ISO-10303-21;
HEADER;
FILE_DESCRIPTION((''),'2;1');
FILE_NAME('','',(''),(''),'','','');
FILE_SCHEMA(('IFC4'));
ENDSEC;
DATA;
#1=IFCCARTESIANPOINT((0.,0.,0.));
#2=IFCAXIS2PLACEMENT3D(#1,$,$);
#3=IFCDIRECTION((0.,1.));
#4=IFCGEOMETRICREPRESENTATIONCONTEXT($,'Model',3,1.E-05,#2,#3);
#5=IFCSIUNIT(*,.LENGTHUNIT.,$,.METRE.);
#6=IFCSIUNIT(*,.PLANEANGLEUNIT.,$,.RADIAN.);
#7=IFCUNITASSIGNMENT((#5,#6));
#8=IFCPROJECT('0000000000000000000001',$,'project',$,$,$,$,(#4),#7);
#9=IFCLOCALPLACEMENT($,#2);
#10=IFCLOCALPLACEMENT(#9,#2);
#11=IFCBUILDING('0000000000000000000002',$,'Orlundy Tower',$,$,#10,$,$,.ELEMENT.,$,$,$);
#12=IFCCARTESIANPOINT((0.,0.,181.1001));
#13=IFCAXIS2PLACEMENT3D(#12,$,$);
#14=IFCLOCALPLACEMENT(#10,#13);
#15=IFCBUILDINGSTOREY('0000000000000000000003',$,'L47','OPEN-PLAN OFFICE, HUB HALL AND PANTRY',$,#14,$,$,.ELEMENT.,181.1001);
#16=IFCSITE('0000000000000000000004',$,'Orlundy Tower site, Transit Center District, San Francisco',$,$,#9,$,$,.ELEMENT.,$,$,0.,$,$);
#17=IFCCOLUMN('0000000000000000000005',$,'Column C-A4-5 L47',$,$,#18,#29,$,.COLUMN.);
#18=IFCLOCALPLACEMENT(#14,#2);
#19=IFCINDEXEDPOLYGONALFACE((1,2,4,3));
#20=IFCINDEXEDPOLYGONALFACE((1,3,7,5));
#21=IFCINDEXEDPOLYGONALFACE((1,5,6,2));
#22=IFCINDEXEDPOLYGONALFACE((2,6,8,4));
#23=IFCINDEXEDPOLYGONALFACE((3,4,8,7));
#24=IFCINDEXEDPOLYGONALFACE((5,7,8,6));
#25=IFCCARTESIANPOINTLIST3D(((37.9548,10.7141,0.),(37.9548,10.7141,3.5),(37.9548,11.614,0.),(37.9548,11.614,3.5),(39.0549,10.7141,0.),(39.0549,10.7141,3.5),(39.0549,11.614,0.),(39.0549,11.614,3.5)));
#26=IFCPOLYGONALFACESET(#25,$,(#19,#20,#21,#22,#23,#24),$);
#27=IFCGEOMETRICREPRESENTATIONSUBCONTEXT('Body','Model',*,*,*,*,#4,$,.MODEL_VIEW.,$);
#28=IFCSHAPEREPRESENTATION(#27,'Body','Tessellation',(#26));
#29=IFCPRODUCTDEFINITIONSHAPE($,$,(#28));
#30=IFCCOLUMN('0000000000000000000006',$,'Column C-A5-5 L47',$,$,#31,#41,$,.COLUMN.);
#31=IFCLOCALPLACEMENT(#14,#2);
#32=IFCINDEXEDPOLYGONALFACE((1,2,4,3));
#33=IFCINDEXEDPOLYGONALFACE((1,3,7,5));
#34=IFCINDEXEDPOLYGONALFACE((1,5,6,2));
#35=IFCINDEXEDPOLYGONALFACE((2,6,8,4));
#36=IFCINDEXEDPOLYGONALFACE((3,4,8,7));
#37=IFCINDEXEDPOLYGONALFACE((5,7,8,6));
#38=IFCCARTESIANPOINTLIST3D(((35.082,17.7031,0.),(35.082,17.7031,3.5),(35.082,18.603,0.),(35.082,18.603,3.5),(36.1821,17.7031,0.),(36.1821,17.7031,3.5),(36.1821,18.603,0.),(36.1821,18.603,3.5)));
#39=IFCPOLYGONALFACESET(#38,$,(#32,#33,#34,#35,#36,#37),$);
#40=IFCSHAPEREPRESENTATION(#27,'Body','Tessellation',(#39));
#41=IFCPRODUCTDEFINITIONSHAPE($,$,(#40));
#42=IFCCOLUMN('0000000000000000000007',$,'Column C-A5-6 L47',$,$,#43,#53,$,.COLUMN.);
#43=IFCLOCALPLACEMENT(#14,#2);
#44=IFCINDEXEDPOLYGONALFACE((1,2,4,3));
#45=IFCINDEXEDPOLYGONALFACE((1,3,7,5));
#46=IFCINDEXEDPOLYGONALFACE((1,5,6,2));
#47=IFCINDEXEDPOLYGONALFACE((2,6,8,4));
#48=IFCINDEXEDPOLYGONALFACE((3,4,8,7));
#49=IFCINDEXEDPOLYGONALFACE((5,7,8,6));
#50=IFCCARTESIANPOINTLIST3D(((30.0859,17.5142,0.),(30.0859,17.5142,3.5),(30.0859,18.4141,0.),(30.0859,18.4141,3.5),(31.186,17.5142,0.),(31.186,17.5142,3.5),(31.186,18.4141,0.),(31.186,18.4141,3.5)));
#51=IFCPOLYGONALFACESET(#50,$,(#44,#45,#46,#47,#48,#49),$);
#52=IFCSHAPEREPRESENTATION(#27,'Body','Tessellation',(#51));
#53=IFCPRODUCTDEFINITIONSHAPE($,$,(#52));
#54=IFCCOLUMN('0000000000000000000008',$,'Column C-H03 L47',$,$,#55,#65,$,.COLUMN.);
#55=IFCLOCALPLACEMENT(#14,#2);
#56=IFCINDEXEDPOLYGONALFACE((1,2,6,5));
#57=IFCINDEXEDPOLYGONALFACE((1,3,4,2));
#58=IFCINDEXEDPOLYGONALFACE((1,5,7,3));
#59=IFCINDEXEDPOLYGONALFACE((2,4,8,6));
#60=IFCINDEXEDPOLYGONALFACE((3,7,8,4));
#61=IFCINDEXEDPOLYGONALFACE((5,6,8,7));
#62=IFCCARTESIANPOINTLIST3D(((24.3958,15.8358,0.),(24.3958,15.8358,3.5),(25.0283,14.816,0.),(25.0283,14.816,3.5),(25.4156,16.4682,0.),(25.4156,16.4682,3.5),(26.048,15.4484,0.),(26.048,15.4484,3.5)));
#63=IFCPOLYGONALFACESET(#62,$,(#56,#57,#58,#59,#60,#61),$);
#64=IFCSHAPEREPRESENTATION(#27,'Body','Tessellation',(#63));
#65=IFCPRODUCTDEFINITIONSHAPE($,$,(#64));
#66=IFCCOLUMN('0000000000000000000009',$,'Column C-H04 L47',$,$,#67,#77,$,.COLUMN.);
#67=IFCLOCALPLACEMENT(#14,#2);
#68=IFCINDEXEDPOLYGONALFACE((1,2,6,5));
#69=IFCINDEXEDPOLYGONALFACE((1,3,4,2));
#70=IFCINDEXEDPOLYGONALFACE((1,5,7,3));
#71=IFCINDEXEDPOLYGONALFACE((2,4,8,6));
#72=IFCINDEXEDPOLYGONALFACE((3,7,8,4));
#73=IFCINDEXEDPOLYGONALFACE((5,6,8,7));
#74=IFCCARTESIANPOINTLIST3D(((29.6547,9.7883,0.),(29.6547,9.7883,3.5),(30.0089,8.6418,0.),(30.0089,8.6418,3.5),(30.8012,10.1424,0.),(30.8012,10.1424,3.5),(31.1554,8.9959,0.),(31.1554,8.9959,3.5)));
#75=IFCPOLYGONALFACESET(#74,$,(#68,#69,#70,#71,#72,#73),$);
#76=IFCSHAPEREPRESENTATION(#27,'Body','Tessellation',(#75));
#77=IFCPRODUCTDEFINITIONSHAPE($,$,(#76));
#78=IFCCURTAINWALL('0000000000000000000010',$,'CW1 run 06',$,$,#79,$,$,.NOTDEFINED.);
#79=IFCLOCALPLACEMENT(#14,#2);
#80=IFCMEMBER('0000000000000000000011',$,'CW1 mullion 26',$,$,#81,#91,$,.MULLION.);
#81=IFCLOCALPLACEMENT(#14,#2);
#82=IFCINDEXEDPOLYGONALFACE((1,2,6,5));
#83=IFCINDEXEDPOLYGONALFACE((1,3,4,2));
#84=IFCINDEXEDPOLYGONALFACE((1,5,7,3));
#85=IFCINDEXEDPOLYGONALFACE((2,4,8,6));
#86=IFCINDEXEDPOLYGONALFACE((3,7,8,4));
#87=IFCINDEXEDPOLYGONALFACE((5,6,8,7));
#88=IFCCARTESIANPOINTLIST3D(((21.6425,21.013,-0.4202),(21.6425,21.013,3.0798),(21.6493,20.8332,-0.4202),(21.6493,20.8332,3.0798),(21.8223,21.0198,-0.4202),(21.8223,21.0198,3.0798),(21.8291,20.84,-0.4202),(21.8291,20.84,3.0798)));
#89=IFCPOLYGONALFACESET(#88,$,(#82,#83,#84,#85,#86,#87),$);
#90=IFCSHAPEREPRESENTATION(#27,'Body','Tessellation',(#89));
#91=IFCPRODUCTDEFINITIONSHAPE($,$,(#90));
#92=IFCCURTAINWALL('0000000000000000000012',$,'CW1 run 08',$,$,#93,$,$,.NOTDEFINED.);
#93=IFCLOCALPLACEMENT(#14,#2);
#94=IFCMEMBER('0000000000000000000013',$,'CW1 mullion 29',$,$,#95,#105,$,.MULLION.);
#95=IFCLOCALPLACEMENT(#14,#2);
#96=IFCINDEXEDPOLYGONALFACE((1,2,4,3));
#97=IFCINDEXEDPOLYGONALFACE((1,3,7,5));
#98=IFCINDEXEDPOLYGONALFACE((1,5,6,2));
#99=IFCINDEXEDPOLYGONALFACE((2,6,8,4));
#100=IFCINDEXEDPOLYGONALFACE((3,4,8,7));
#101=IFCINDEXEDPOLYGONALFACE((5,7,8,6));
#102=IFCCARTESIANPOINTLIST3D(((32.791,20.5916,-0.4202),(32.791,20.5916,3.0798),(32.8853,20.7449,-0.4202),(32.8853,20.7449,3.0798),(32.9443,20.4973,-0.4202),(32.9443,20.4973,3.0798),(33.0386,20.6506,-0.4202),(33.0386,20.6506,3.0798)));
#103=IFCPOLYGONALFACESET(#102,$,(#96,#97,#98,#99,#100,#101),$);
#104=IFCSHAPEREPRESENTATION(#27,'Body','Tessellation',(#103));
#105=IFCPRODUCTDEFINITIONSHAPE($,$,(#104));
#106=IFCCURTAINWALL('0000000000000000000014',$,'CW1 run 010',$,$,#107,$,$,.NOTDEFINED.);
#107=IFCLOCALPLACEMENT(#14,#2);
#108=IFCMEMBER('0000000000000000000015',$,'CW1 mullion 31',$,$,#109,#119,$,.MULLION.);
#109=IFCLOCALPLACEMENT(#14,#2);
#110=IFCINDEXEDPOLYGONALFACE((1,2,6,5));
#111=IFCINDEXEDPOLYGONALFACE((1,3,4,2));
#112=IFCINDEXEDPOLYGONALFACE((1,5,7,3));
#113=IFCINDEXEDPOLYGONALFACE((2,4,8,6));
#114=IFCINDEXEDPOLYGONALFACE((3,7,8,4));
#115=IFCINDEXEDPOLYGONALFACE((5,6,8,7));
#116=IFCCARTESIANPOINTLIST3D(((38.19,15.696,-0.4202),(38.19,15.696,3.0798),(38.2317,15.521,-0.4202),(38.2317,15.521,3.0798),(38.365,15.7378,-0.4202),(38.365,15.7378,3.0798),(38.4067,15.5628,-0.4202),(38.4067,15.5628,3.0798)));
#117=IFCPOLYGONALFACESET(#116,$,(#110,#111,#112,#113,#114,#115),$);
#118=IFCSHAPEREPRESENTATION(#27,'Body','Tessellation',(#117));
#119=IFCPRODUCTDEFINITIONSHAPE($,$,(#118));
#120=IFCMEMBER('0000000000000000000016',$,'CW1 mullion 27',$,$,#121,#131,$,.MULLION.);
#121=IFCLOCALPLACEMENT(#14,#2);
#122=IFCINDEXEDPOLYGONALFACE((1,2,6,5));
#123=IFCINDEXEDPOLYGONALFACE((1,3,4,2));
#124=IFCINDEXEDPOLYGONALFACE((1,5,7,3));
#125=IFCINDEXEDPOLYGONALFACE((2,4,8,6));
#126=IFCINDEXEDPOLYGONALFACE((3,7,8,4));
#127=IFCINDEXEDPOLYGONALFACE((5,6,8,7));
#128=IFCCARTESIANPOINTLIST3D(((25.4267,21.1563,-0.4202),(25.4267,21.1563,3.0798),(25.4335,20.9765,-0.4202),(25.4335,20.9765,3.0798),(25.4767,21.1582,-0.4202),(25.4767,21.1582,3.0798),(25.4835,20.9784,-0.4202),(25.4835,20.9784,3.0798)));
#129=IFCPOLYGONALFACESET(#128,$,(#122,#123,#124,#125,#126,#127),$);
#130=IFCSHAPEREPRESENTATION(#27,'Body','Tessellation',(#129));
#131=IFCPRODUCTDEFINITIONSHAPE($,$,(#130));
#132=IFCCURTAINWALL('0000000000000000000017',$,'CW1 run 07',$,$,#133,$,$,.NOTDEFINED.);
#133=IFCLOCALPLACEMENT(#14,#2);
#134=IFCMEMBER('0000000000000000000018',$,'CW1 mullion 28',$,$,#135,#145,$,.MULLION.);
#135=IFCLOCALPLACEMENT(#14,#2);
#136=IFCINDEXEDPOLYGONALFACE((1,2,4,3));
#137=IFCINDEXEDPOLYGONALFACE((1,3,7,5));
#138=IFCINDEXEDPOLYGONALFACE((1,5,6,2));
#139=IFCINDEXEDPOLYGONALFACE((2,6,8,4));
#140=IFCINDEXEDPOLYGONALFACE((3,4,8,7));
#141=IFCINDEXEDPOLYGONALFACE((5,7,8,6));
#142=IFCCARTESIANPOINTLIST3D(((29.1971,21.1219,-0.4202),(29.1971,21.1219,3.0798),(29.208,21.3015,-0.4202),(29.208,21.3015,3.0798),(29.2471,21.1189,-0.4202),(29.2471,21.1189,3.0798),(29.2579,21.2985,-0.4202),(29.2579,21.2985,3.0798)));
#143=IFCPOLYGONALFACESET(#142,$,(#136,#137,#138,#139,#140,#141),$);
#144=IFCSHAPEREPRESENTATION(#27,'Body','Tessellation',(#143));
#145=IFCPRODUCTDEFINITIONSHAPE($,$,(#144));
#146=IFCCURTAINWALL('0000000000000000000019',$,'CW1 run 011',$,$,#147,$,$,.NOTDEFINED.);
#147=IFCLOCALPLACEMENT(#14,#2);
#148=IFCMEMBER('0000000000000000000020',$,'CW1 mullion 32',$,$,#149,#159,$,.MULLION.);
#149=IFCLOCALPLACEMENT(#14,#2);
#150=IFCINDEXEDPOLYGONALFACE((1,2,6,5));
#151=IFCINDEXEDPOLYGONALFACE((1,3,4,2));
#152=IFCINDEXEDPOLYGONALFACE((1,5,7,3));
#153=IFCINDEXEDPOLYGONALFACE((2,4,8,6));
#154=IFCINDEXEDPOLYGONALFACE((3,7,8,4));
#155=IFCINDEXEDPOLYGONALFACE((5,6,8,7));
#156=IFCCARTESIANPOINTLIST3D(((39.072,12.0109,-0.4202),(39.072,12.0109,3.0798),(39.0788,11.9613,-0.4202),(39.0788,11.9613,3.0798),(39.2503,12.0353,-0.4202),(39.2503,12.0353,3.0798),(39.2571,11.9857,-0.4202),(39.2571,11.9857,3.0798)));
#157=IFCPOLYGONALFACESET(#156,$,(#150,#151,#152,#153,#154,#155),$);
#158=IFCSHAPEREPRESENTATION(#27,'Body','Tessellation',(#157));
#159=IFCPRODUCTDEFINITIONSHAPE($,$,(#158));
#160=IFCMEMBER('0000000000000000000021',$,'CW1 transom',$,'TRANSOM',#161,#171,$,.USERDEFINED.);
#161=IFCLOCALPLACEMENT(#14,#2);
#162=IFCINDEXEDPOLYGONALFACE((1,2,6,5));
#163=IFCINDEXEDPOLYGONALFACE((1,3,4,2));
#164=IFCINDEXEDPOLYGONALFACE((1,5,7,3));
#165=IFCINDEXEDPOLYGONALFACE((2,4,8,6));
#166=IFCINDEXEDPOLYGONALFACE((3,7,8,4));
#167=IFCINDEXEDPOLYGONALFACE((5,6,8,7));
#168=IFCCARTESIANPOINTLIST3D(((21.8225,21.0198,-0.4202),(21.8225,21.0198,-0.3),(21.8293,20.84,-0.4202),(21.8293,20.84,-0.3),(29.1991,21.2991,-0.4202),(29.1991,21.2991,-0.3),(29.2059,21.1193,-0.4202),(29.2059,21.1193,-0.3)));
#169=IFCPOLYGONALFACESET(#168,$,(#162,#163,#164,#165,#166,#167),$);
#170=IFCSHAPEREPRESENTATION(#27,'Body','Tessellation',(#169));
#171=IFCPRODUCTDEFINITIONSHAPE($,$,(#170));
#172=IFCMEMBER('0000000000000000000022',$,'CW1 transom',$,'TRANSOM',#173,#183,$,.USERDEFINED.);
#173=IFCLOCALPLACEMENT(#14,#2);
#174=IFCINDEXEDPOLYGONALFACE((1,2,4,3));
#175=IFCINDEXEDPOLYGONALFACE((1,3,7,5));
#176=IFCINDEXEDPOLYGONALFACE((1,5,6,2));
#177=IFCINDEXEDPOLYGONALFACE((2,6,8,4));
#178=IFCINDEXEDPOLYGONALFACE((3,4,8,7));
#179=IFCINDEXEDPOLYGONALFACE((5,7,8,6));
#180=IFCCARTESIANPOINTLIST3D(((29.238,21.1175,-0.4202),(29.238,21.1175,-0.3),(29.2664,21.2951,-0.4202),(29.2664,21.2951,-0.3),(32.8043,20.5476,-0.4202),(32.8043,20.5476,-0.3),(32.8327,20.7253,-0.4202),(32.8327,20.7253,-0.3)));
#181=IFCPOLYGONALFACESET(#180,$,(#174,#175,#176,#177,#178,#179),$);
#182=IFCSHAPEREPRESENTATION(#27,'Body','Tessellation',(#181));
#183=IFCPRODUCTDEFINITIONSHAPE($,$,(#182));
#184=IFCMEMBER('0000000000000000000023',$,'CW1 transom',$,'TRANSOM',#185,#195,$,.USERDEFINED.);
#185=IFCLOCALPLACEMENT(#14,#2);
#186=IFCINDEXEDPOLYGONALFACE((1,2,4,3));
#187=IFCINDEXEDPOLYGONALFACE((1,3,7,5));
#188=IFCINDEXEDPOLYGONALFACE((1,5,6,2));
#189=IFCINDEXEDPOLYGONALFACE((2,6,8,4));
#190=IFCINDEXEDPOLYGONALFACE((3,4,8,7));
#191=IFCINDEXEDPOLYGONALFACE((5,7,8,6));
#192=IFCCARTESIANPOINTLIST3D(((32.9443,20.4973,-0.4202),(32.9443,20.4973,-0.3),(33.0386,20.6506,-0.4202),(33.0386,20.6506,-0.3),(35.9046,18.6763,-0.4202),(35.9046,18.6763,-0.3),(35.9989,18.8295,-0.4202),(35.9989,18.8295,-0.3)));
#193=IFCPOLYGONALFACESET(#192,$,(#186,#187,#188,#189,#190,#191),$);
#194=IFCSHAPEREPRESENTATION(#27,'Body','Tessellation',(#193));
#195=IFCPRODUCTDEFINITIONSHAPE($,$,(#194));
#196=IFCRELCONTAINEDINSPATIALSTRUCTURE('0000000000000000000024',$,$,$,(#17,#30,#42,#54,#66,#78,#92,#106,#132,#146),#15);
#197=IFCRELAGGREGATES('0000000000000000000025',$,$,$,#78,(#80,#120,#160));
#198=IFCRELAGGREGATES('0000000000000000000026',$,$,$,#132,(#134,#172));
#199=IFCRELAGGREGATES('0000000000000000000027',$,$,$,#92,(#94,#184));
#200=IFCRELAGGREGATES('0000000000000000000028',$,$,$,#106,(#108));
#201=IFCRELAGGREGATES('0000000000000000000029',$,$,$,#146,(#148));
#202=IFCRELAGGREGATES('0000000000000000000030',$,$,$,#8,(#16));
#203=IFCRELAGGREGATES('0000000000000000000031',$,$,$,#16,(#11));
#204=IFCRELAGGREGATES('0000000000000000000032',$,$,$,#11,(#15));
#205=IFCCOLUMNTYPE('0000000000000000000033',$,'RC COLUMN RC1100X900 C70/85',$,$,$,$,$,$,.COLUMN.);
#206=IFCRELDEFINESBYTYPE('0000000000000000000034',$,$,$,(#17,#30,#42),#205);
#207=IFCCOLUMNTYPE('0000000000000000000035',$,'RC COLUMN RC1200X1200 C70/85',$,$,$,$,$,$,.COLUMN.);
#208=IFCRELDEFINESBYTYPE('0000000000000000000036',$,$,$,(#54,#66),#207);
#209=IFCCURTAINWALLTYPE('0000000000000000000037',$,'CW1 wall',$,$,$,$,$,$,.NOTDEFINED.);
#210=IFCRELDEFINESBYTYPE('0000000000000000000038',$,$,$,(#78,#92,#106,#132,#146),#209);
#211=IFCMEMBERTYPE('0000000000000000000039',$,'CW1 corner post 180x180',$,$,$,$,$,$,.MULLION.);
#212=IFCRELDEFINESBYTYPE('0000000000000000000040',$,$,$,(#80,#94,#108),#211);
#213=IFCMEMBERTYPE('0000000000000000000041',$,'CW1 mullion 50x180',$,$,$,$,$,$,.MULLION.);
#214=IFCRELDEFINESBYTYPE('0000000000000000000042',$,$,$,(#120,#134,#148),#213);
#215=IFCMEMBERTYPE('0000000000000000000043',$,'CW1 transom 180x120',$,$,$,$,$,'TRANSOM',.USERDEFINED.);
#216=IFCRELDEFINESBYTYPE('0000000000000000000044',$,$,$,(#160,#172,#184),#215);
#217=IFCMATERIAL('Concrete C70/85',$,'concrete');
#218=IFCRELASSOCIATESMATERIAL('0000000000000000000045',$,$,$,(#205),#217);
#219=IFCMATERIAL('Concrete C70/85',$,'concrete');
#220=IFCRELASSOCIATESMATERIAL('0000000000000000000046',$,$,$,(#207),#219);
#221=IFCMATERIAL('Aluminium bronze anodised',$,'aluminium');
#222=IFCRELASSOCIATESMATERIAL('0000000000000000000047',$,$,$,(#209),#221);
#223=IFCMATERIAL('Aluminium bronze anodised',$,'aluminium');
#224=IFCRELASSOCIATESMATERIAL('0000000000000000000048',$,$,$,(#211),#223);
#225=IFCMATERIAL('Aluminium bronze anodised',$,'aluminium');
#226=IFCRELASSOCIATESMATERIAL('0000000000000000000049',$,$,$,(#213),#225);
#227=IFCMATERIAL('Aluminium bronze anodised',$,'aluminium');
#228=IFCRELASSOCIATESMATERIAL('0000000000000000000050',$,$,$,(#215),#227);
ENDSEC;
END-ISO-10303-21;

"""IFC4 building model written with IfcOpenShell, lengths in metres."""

from ifc_helpers import new_model, si_unit, direction, frame, origin, origin_2d, place, context, subcontext, project, spatial, rectangle, extrude, material, material_profile, profile_set, type_object, element, aggregate, save


model = new_model("IFC4")

# Units and contexts
model_context = context("Model", 3, precision=1e-05, world=origin(), true_north=direction((0.0, 1.0)))
body_context = subcontext(model_context, "Body", "Model", "MODEL_VIEW")
ifc_project = project(units=[si_unit("LENGTHUNIT", "METRE"), si_unit("PLANEANGLEUNIT", "RADIAN")], contexts=[model_context])

# Site, building, storey
site_placement = place(None, origin())
site = spatial("IfcSite", under=ifc_project, at=site_placement, Name="Orlundy Tower site, Transit Center District, San Francisco", CompositionType="ELEMENT", RefElevation=0.0)
building_placement = place(site_placement, origin())
building = spatial("IfcBuilding", under=site, at=building_placement, Name="Orlundy Tower", CompositionType="ELEMENT")
storey_placement = place(building_placement, frame((0.0, 0.0, 181.1001)))
storey = spatial("IfcBuildingStorey", under=building, at=storey_placement, Name="L47", Description="OPEN-PLAN OFFICE, HUB HALL AND PANTRY", CompositionType="ELEMENT", Elevation=181.1001)

# Columns
ifc_material_1 = material(Name="Concrete C70/85", Category="concrete")
ifc_material_profile_1 = material_profile(ifc_material_1, rectangle(XDim=1.1001, YDim=0.8999, at=origin_2d()), Name="RC1100X900")
ifc_profile_set_1 = profile_set([ifc_material_profile_1], Name="Concrete C70/85")
column_type_1 = type_object("IfcColumnType", Name="RC COLUMN RC1100X900 C70/85", PredefinedType="COLUMN", material=ifc_profile_set_1)
for number, where, z_axis, x_axis, name in (
    (1, (38.5049, 11.1641, 0.0), (0.0, 0.0, 1.0), (1.0, 0.0, 0.0), "Column C-A4-5 L47"),
    (2, (35.6321, 18.1531, 0.0), (0.0, 0.0, 1.0), (1.0, 0.0, 0.0), "Column C-A5-5 L47"),
    (3, (30.636, 17.9641, 0.0), (0.0, 0.0, 1.0), (1.0, 0.0, 0.0), "Column C-A5-6 L47"),
):
    element("IfcColumn", number, at=place(storey_placement, frame(where, z_axis=z_axis, x_axis=x_axis)), inside=storey, type_object=column_type_1, Name=name, PredefinedType="COLUMN", context=body_context, shape_type="SweptSolid", body=[
        extrude(rectangle(XDim=1.1001, YDim=0.8999, at=origin_2d()), origin(), (0.0, 0.0, 1.0), 3.5),
    ])
ifc_material_2 = material(Name="Concrete C70/85", Category="concrete")
ifc_material_profile_2 = material_profile(ifc_material_2, rectangle(XDim=1.2, YDim=1.2, at=origin_2d()), Name="RC1200X1200")
ifc_profile_set_2 = profile_set([ifc_material_profile_2], Name="Concrete C70/85")
column_type_2 = type_object("IfcColumnType", Name="RC COLUMN RC1200X1200 C70/85", PredefinedType="COLUMN", material=ifc_profile_set_2)
for number, where, z_axis, x_axis, name in (
    (4, (25.2219, 15.6421, 0.0), (0.0, 0.0, 1.0), (0.849838, 0.527045, 0.0), "Column C-H03 L47"),
    (5, (30.405, 9.3921, 0.0), (0.0, 0.0, 1.0), (0.955454, 0.295141, 0.0), "Column C-H04 L47"),
):
    element("IfcColumn", number, at=place(storey_placement, frame(where, z_axis=z_axis, x_axis=x_axis)), inside=storey, type_object=column_type_2, Name=name, PredefinedType="COLUMN", context=body_context, shape_type="SweptSolid", body=[
        extrude(rectangle(XDim=1.2, YDim=1.2, at=origin_2d()), origin(), (0.0, 0.0, 1.0), 3.5),
    ])

# Curtain walls, members
ifc_material_3 = material(Name="Aluminium bronze anodised", Category="aluminium")
curtain_wall_type = type_object("IfcCurtainWallType", Name="CW1 wall", PredefinedType="NOTDEFINED", material=ifc_material_3)
curtain_wall_1_placement = place(storey_placement, origin())
curtain_wall_1 = element("IfcCurtainWall", 6, at=curtain_wall_1_placement, inside=storey, type_object=curtain_wall_type, Name="CW1 run 06", PredefinedType="NOTDEFINED")
ifc_material_4 = material(Name="Aluminium bronze anodised", Category="aluminium")
ifc_material_profile_3 = material_profile(ifc_material_4, rectangle(XDim=0.1799, YDim=0.1799, at=origin_2d()), Name="CW1 corner post 180x180")
ifc_profile_set_3 = profile_set([ifc_material_profile_3], Name="Aluminium bronze anodised")
member_type_1 = type_object("IfcMemberType", Name="CW1 corner post 180x180", PredefinedType="MULLION", material=ifc_profile_set_3)
member_1_placement = place(storey_placement, frame((21.7358, 20.9265, -0.4202), z_axis=(0.0, 0.0, 1.0), x_axis=(-0.037837, 0.999284, 0.0)))
member_1 = element("IfcMember", 7, at=member_1_placement, type_object=member_type_1, Name="CW1 mullion 26", PredefinedType="MULLION", context=body_context, shape_type="SweptSolid", body=[
    extrude(rectangle(XDim=0.1799, YDim=0.1799, at=origin_2d()), origin(), (0.0, 0.0, 1.0), 3.5),
])
curtain_wall_2_placement = place(storey_placement, origin())
curtain_wall_2 = element("IfcCurtainWall", 8, at=curtain_wall_2_placement, inside=storey, type_object=curtain_wall_type, Name="CW1 run 08", PredefinedType="NOTDEFINED")
member_2_placement = place(storey_placement, frame((32.9148, 20.6211, -0.4202), z_axis=(0.0, 0.0, 1.0), x_axis=(0.523947, 0.851751, 0.0)))
member_2 = element("IfcMember", 9, at=member_2_placement, type_object=member_type_1, Name="CW1 mullion 29", PredefinedType="MULLION", context=body_context, shape_type="SweptSolid", body=[
    extrude(rectangle(XDim=0.1799, YDim=0.1799, at=origin_2d()), origin(), (0.0, 0.0, 1.0), 3.5),
])
curtain_wall_3_placement = place(storey_placement, origin())
curtain_wall_3 = element("IfcCurtainWall", 10, at=curtain_wall_3_placement, inside=storey, type_object=curtain_wall_type, Name="CW1 run 010", PredefinedType="NOTDEFINED")
member_3_placement = place(storey_placement, frame((38.2983, 15.6294, -0.4202), z_axis=(0.0, 0.0, 1.0), x_axis=(0.972705, 0.232046, 0.0)))
member_3 = element("IfcMember", 11, at=member_3_placement, type_object=member_type_1, Name="CW1 mullion 31", PredefinedType="MULLION", context=body_context, shape_type="SweptSolid", body=[
    extrude(rectangle(XDim=0.1799, YDim=0.1799, at=origin_2d()), origin(), (0.0, 0.0, 1.0), 3.5),
])

# Member
ifc_material_5 = material(Name="Aluminium bronze anodised", Category="aluminium")
ifc_material_profile_4 = material_profile(ifc_material_5, rectangle(XDim=0.1799, YDim=0.05, at=origin_2d()), Name="CW1 mullion 50x180")
ifc_profile_set_4 = profile_set([ifc_material_profile_4], Name="Aluminium bronze anodised")
member_type_2 = type_object("IfcMemberType", Name="CW1 mullion 50x180", PredefinedType="MULLION", material=ifc_profile_set_4)
member_4_placement = place(storey_placement, frame((25.4551, 21.0674, -0.4202), z_axis=(0.0, 0.0, 1.0), x_axis=(-0.037837, 0.999284, 0.0)))
member_4 = element("IfcMember", 12, at=member_4_placement, type_object=member_type_2, Name="CW1 mullion 27", PredefinedType="MULLION", context=body_context, shape_type="SweptSolid", body=[
    extrude(rectangle(XDim=0.1799, YDim=0.05, at=origin_2d()), origin(), (0.0, 0.0, 1.0), 3.5),
])

# Curtain walls, members
curtain_wall_4_placement = place(storey_placement, origin())
curtain_wall_4 = element("IfcCurtainWall", 13, at=curtain_wall_4_placement, inside=storey, type_object=curtain_wall_type, Name="CW1 run 07", PredefinedType="NOTDEFINED")
member_5_placement = place(storey_placement, frame((29.2275, 21.2102, -0.4202), z_axis=(0.0, 0.0, 1.0), x_axis=(0.060267, 0.998182, 0.0)))
member_5 = element("IfcMember", 14, at=member_5_placement, type_object=member_type_2, Name="CW1 mullion 28", PredefinedType="MULLION", context=body_context, shape_type="SweptSolid", body=[
    extrude(rectangle(XDim=0.1799, YDim=0.05, at=origin_2d()), origin(), (0.0, 0.0, 1.0), 3.5),
])
curtain_wall_5_placement = place(storey_placement, origin())
curtain_wall_5 = element("IfcCurtainWall", 15, at=curtain_wall_5_placement, inside=storey, type_object=curtain_wall_type, Name="CW1 run 011", PredefinedType="NOTDEFINED")
member_6_placement = place(storey_placement, frame((39.1646, 11.9983, -0.4202), z_axis=(0.0, 0.0, 1.0), x_axis=(0.990766, 0.135581, 0.0)))
member_6 = element("IfcMember", 16, at=member_6_placement, type_object=member_type_2, Name="CW1 mullion 32", PredefinedType="MULLION", context=body_context, shape_type="SweptSolid", body=[
    extrude(rectangle(XDim=0.1799, YDim=0.05, at=origin_2d()), origin(), (0.0, 0.0, 1.0), 3.5),
])

# Members
ifc_material_6 = material(Name="Aluminium bronze anodised", Category="aluminium")
ifc_material_profile_5 = material_profile(ifc_material_6, rectangle(XDim=0.1799, YDim=0.1201, at=origin_2d()), Name="CW1 transom 180x120")
ifc_profile_set_5 = profile_set([ifc_material_profile_5], Name="Aluminium bronze anodised")
member_type_3 = type_object("IfcMemberType", Name="CW1 transom 180x120", ElementType="TRANSOM", PredefinedType="USERDEFINED", material=ifc_profile_set_5)
member_7_placement = place(storey_placement, frame((21.8259, 20.9299, -0.3601), z_axis=(0.999284, 0.037836, 0.0), x_axis=(-0.037836, 0.999284, 0.0)))
member_7 = element("IfcMember", 17, at=member_7_placement, type_object=member_type_3, Name="CW1 transom", ObjectType="TRANSOM", PredefinedType="USERDEFINED", context=body_context, shape_type="SweptSolid", body=[
    extrude(rectangle(XDim=0.1799, YDim=0.1201, at=origin_2d()), origin(), (0.0, 0.0, 1.0), 7.3818),
])
member_8_placement = place(storey_placement, frame((29.2522, 21.2063, -0.3601), z_axis=(0.987475, -0.157774, 0.0), x_axis=(0.157774, 0.987475, 0.0)))
member_8 = element("IfcMember", 18, at=member_8_placement, type_object=member_type_3, Name="CW1 transom", ObjectType="TRANSOM", PredefinedType="USERDEFINED", context=body_context, shape_type="SweptSolid", body=[
    extrude(rectangle(XDim=0.1799, YDim=0.1201, at=origin_2d()), origin(), (0.0, 0.0, 1.0), 3.6116),
])
member_9_placement = place(storey_placement, frame((32.9915, 20.574, -0.3601), z_axis=(0.851738, -0.523968, 0.0), x_axis=(0.523968, 0.851738, 0.0)))
member_9 = element("IfcMember", 19, at=member_9_placement, type_object=member_type_3, Name="CW1 transom", ObjectType="TRANSOM", PredefinedType="USERDEFINED", context=body_context, shape_type="SweptSolid", body=[
    extrude(rectangle(XDim=0.1799, YDim=0.1201, at=origin_2d()), origin(), (0.0, 0.0, 1.0), 3.4756),
])

aggregate(curtain_wall_1, [member_1, member_4, member_7])
aggregate(curtain_wall_4, [member_5, member_8])
aggregate(curtain_wall_2, [member_2, member_9])
aggregate(curtain_wall_3, [member_3])
aggregate(curtain_wall_5, [member_6])

save(model, "model.ifc")
